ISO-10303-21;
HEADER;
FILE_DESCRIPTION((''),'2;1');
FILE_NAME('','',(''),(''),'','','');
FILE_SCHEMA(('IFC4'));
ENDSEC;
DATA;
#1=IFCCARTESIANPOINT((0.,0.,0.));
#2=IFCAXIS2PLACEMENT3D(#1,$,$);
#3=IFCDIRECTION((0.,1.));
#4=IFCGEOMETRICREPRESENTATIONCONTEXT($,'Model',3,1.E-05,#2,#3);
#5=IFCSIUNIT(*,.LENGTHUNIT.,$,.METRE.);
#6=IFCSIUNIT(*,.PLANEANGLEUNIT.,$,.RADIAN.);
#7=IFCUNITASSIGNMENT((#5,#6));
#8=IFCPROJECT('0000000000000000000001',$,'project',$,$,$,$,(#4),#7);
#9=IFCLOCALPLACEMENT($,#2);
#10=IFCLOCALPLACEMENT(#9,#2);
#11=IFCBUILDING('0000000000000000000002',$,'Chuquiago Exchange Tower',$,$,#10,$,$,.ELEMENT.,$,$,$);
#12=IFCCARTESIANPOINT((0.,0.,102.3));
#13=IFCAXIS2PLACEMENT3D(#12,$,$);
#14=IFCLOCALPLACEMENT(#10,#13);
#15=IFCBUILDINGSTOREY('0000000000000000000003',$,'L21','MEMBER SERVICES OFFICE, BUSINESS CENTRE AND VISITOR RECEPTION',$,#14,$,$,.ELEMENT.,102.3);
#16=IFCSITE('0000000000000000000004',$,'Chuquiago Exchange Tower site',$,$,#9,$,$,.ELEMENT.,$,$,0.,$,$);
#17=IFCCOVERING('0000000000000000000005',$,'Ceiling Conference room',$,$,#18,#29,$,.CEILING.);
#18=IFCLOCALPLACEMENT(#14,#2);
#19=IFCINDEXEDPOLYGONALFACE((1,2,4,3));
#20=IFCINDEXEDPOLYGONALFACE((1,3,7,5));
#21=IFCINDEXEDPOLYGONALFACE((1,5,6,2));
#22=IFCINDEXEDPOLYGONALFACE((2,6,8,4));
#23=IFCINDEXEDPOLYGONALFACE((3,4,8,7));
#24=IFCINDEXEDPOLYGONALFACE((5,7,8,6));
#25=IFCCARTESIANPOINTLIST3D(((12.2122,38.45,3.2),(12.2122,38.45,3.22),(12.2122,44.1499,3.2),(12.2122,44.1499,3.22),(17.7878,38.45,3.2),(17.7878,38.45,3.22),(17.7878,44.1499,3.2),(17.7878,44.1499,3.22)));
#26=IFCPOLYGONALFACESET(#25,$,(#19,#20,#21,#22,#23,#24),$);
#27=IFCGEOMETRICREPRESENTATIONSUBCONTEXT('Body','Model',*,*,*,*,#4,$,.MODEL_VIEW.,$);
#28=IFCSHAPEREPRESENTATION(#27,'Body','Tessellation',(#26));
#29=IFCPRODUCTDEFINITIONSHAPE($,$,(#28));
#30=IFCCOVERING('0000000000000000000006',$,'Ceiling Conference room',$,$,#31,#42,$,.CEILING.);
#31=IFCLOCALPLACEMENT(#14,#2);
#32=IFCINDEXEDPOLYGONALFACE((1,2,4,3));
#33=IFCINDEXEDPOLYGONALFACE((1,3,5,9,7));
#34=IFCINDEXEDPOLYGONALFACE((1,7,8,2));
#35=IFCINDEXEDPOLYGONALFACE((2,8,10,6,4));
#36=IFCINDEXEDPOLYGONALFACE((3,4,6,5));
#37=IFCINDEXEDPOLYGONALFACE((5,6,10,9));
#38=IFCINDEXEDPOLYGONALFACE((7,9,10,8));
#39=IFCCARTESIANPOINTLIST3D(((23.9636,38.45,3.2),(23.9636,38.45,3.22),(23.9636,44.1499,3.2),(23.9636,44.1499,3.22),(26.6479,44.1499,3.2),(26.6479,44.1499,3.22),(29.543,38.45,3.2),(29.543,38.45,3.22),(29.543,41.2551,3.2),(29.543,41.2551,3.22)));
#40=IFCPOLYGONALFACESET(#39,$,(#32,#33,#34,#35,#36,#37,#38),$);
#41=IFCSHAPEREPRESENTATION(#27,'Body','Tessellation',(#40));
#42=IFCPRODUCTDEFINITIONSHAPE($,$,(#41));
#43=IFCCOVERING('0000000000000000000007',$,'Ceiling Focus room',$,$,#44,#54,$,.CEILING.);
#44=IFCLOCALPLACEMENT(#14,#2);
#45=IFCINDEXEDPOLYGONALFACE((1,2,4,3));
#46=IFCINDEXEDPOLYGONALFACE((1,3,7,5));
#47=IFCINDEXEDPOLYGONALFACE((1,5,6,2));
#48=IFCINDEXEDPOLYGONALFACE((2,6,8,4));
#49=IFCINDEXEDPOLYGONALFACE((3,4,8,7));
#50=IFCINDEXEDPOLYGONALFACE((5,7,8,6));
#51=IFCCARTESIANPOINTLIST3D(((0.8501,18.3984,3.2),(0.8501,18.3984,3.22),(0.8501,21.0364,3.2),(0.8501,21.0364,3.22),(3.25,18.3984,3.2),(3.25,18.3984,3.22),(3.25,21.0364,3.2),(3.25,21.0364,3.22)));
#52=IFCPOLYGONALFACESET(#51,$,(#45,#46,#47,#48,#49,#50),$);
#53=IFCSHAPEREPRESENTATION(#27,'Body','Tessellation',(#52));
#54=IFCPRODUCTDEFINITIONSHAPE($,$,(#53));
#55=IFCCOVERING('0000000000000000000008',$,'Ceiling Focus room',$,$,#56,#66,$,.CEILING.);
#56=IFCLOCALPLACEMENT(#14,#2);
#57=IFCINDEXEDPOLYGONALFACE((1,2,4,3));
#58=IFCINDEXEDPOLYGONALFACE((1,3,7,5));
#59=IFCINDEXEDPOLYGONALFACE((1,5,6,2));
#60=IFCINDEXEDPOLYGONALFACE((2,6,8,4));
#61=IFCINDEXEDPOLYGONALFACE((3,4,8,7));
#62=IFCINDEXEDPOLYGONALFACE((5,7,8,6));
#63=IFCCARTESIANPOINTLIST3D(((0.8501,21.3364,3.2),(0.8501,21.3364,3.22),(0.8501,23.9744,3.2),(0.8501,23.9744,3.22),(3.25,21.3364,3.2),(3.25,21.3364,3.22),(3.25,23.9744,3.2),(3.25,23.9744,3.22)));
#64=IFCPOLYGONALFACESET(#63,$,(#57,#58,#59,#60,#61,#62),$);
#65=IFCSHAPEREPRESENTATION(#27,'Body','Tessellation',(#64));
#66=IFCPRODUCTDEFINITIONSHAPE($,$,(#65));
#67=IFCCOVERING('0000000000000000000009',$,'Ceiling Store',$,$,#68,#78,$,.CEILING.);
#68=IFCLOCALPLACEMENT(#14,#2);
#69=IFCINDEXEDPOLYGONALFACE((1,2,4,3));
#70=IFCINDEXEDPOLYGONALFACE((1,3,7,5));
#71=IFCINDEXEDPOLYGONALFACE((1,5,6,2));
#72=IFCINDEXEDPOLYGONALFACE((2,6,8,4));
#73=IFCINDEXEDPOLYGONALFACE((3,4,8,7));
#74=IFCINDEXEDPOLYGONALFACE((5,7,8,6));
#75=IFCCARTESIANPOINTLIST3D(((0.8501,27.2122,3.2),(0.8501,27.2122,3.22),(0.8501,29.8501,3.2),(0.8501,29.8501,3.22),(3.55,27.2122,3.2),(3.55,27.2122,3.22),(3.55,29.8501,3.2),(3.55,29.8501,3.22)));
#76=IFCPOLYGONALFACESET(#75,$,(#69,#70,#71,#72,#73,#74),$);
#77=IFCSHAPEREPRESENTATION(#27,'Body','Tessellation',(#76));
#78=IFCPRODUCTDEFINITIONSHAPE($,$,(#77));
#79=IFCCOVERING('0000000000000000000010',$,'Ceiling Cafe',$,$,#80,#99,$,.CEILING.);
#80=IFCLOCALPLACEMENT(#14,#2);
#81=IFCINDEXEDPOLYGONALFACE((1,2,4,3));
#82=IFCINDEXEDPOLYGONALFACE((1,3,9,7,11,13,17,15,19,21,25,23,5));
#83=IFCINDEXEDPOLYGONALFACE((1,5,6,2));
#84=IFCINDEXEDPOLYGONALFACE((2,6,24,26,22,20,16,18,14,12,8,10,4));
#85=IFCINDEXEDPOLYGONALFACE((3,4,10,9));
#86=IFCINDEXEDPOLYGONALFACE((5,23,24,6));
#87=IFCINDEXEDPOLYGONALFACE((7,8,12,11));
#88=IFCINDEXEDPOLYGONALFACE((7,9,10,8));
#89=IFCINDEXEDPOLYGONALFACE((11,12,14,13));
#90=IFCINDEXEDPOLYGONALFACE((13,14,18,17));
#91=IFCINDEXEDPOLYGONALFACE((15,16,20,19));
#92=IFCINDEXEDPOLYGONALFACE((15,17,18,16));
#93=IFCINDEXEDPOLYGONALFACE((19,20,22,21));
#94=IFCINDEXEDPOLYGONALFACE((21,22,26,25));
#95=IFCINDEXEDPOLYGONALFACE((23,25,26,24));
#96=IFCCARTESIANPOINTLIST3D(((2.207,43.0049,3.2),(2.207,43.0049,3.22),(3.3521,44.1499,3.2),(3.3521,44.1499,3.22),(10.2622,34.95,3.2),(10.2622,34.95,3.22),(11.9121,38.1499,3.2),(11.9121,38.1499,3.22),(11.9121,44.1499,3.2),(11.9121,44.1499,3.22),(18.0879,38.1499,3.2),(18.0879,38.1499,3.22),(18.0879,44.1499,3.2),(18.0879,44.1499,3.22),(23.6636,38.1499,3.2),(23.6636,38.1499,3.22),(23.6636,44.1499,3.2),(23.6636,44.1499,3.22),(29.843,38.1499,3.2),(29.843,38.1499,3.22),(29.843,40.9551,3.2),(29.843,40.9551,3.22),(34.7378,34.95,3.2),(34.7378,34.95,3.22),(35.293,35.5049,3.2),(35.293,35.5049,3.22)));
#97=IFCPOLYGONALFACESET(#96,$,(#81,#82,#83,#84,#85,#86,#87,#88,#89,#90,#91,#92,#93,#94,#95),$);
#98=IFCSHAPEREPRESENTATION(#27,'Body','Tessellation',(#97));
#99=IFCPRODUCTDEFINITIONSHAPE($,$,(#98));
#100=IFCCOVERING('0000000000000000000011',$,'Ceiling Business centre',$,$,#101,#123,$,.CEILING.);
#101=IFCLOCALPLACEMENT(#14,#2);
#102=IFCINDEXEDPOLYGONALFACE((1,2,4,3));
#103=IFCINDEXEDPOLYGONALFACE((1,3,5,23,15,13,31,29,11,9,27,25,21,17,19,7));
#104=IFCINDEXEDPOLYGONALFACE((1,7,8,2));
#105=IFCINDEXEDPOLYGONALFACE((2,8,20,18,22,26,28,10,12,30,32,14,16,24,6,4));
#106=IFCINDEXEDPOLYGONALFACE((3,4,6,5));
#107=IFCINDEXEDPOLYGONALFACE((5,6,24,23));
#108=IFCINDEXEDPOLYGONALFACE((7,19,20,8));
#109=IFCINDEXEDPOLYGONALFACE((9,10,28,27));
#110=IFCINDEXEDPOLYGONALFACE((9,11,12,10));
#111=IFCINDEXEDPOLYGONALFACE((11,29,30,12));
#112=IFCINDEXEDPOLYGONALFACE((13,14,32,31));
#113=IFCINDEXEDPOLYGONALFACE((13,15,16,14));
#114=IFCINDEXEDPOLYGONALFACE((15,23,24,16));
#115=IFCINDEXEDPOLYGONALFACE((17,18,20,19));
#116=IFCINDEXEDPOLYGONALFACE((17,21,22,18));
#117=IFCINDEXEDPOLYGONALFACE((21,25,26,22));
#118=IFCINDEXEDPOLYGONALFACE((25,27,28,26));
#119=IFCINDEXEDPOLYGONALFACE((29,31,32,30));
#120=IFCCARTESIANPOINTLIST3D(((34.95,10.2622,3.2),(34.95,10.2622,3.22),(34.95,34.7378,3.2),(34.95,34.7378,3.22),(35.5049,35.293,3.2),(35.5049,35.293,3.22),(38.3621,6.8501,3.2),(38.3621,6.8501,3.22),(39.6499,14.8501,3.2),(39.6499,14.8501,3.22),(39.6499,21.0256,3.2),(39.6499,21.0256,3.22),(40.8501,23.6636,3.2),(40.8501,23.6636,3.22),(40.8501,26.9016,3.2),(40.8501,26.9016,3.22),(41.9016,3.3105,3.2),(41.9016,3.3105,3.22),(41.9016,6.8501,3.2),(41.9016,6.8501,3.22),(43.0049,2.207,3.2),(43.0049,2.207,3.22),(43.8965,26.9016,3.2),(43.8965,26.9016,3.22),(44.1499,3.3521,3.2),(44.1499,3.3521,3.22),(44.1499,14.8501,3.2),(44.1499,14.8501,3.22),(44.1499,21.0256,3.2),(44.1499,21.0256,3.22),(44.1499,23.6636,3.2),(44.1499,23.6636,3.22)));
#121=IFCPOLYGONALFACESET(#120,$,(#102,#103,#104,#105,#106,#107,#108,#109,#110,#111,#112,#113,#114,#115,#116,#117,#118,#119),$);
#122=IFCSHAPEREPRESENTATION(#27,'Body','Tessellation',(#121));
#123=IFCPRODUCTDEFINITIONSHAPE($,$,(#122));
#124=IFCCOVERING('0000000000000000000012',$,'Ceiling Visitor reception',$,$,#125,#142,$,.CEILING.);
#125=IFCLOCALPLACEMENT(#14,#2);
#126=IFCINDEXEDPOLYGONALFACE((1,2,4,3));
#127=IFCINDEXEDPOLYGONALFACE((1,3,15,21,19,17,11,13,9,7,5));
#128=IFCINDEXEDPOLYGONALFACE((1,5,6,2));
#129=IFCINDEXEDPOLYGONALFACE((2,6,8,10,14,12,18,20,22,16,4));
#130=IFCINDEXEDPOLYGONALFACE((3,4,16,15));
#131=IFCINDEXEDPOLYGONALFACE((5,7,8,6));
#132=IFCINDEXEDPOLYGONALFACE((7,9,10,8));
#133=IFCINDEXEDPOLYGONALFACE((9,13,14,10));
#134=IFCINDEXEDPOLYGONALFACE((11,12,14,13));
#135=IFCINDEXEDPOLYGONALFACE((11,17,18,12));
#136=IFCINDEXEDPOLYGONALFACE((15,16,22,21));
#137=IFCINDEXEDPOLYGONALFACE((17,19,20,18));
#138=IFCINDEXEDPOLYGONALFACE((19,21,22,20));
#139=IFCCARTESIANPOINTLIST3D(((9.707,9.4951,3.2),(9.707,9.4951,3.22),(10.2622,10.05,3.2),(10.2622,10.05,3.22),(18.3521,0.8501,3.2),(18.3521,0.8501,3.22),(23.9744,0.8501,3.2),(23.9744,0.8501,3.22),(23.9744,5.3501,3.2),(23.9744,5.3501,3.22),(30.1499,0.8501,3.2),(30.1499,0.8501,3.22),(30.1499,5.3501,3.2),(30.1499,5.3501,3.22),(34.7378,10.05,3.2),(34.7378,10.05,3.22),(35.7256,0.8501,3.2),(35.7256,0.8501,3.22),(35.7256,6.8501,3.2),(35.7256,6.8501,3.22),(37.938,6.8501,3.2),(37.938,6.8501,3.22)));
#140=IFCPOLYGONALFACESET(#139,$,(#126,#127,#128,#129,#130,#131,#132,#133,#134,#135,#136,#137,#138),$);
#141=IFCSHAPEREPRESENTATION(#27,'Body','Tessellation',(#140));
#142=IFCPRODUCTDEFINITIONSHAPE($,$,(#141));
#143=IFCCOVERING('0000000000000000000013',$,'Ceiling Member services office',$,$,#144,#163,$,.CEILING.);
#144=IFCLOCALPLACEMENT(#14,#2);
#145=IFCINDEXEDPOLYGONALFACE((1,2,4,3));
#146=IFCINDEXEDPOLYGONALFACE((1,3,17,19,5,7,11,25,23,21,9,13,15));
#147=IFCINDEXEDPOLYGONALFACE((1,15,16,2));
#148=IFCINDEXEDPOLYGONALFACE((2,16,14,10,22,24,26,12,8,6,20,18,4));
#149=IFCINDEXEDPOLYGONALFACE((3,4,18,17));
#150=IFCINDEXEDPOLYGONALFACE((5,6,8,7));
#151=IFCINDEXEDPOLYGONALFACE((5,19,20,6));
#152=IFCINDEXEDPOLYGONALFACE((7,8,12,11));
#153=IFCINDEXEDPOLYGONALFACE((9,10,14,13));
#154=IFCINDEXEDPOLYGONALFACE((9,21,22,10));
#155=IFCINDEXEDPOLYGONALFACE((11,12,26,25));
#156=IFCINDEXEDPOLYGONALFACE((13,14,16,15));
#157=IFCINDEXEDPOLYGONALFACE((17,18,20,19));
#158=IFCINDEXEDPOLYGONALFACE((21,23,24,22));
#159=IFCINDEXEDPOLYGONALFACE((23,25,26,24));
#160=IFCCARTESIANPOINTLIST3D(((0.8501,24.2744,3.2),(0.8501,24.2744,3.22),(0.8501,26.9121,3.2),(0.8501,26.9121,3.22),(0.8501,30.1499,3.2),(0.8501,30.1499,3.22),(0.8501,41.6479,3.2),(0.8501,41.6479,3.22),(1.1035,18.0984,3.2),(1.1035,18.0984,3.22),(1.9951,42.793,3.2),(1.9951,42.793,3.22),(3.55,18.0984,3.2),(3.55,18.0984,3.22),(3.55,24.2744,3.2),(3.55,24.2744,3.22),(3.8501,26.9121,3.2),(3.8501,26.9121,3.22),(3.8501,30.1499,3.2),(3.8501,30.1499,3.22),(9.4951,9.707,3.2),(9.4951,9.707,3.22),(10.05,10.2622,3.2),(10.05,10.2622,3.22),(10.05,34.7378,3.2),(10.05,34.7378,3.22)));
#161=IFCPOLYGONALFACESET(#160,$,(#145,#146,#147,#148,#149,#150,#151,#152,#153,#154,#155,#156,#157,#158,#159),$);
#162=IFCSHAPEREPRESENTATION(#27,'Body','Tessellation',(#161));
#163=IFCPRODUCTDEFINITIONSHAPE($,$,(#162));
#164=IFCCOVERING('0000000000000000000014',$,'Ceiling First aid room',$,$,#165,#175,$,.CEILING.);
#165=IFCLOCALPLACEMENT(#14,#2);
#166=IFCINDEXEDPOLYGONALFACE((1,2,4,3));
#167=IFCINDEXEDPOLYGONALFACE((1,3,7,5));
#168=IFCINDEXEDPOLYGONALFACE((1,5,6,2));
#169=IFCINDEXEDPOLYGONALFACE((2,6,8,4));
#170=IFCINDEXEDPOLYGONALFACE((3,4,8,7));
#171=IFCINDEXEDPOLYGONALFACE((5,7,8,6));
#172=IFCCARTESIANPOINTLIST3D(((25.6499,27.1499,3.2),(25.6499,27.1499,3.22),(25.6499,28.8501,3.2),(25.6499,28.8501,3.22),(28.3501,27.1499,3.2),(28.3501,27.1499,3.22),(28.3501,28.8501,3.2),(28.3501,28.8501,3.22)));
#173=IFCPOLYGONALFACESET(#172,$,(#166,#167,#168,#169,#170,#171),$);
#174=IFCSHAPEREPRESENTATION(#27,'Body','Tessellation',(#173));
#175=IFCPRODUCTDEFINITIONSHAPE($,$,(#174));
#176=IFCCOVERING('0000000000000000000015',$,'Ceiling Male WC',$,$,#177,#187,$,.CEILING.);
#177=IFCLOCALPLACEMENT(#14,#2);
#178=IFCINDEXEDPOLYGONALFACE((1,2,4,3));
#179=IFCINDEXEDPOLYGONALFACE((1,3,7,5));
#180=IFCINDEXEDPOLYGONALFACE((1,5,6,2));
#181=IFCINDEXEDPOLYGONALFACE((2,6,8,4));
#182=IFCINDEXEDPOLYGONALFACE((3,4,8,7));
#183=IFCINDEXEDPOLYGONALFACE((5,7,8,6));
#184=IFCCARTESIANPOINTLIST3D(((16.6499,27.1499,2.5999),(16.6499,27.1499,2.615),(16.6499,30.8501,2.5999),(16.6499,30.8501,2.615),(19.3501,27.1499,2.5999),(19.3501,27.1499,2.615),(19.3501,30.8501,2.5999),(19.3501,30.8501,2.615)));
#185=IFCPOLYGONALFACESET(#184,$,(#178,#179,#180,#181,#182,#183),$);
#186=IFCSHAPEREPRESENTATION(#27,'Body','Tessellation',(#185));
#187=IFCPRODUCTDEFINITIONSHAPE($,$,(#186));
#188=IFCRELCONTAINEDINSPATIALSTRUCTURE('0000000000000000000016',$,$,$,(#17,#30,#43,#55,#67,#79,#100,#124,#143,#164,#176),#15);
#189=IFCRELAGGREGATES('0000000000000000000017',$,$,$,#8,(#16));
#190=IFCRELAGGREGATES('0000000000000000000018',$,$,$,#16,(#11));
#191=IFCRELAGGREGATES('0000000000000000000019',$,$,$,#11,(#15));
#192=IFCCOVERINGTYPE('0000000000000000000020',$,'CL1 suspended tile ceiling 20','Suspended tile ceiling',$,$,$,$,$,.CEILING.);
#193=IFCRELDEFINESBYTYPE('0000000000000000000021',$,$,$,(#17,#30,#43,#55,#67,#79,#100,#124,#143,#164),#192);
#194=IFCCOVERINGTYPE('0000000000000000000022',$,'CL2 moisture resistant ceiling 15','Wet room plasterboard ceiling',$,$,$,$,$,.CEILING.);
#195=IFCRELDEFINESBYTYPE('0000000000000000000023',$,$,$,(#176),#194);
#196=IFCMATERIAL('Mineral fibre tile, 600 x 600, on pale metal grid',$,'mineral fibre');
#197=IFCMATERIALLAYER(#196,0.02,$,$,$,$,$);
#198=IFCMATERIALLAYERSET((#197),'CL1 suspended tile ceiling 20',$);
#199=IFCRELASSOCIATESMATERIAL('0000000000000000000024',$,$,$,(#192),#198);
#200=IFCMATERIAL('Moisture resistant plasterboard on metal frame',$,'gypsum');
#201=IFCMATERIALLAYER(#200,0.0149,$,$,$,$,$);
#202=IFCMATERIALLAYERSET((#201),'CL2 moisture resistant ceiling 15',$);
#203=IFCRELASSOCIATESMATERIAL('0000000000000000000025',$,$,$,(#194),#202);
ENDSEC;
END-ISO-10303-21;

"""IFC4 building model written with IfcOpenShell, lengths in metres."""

from ifc_helpers import new_model, si_unit, direction, frame, origin, place, context, subcontext, project, spatial, polyline, outline, extrude, material, layer, layer_set, type_object, element, save


model = new_model("IFC4")

# Units and contexts
model_context = context("Model", 3, precision=1e-05, world=origin(), true_north=direction((0.0, 1.0)))
body_context = subcontext(model_context, "Body", "Model", "MODEL_VIEW")
ifc_project = project(units=[si_unit("LENGTHUNIT", "METRE"), si_unit("PLANEANGLEUNIT", "RADIAN")], contexts=[model_context])

# Site, building, storey
site_placement = place(None, origin())
site = spatial("IfcSite", under=ifc_project, at=site_placement, Name="Chuquiago Exchange Tower site", CompositionType="ELEMENT", RefElevation=0.0)
building_placement = place(site_placement, origin())
building = spatial("IfcBuilding", under=site, at=building_placement, Name="Chuquiago Exchange Tower", CompositionType="ELEMENT")
storey_placement = place(building_placement, frame((0.0, 0.0, 102.3)))
storey = spatial("IfcBuildingStorey", under=building, at=storey_placement, Name="L21", Description="MEMBER SERVICES OFFICE, BUSINESS CENTRE AND VISITOR RECEPTION", CompositionType="ELEMENT", Elevation=102.3)

# Coverings
ifc_material_1 = material(Name="Mineral fibre tile, 600 x 600, on pale metal grid", Category="mineral fibre")
ifc_layer_1 = layer(ifc_material_1, 0.02)
ifc_layer_set_1 = layer_set([ifc_layer_1], Name="CL1 suspended tile ceiling 20")
covering_type_1 = type_object("IfcCoveringType", Name="CL1 suspended tile ceiling 20", Description="Suspended tile ceiling", PredefinedType="CEILING", material=ifc_layer_set_1)
covering_1_placement = place(storey_placement, frame((0.0, 0.0, 3.2)))
element("IfcCovering", 1, at=covering_1_placement, inside=storey, type_object=covering_type_1, Name="Ceiling Conference room", PredefinedType="CEILING", context=body_context, shape_type="SweptSolid", body=[
    extrude(outline(polyline([(17.7878, 38.45), (12.2122, 38.45), (12.2122, 44.1499), (17.7878, 44.1499), (17.7878, 38.45)])), origin(), (0.0, 0.0, 1.0), 0.02),
])
covering_2_placement = place(storey_placement, frame((0.0, 0.0, 3.2)))
element("IfcCovering", 2, at=covering_2_placement, inside=storey, type_object=covering_type_1, Name="Ceiling Conference room", PredefinedType="CEILING", context=body_context, shape_type="SweptSolid", body=[
    extrude(outline(polyline([(29.543, 41.2551), (29.543, 38.45), (23.9636, 38.45), (23.9636, 44.1499), (26.6479, 44.1499), (29.543, 41.2551)])), origin(), (0.0, 0.0, 1.0), 0.02),
])
covering_3_placement = place(storey_placement, frame((0.0, 0.0, 3.2)))
element("IfcCovering", 3, at=covering_3_placement, inside=storey, type_object=covering_type_1, Name="Ceiling Focus room", PredefinedType="CEILING", context=body_context, shape_type="SweptSolid", body=[
    extrude(outline(polyline([(0.8501, 21.0364), (3.25, 21.0364), (3.25, 18.3984), (0.8501, 18.3984), (0.8501, 21.0364)])), origin(), (0.0, 0.0, 1.0), 0.02),
])
covering_4_placement = place(storey_placement, frame((0.0, 0.0, 3.2)))
element("IfcCovering", 4, at=covering_4_placement, inside=storey, type_object=covering_type_1, Name="Ceiling Focus room", PredefinedType="CEILING", context=body_context, shape_type="SweptSolid", body=[
    extrude(outline(polyline([(3.25, 23.9744), (3.25, 21.3364), (0.8501, 21.3364), (0.8501, 23.9744), (3.25, 23.9744)])), origin(), (0.0, 0.0, 1.0), 0.02),
])
covering_5_placement = place(storey_placement, frame((0.0, 0.0, 3.2)))
element("IfcCovering", 5, at=covering_5_placement, inside=storey, type_object=covering_type_1, Name="Ceiling Store", PredefinedType="CEILING", context=body_context, shape_type="SweptSolid", body=[
    extrude(outline(polyline([(3.55, 29.8501), (3.55, 27.2122), (0.8501, 27.2122), (0.8501, 29.8501), (3.55, 29.8501)])), origin(), (0.0, 0.0, 1.0), 0.02),
])
covering_6_placement = place(storey_placement, frame((0.0, 0.0, 3.2)))
element("IfcCovering", 6, at=covering_6_placement, inside=storey, type_object=covering_type_1, Name="Ceiling Cafe", PredefinedType="CEILING", context=body_context, shape_type="SweptSolid", body=[
    extrude(outline(polyline([(11.9121, 44.1499), (11.9121, 38.1499), (18.0879, 38.1499), (18.0879, 44.1499), (23.6636, 44.1499), (23.6636, 38.1499), (29.843, 38.1499), (29.843, 40.9551), (35.293, 35.5049), (34.7378, 34.95), (10.2622, 34.95), (2.207, 43.0049), (3.3521, 44.1499), (11.9121, 44.1499)])), origin(), (0.0, 0.0, 1.0), 0.02),
])
covering_7_placement = place(storey_placement, frame((0.0, 0.0, 3.2)))
element("IfcCovering", 7, at=covering_7_placement, inside=storey, type_object=covering_type_1, Name="Ceiling Business centre", PredefinedType="CEILING", context=body_context, shape_type="SweptSolid", body=[
    extrude(outline(polyline([(40.8501, 26.9016), (40.8501, 23.6636), (44.1499, 23.6636), (44.1499, 21.0256), (39.6499, 21.0256), (39.6499, 14.8501), (44.1499, 14.8501), (44.1499, 3.3521), (43.0049, 2.207), (41.9016, 3.3105), (41.9016, 6.8501), (38.3621, 6.8501), (34.95, 10.2622), (34.95, 34.7378), (35.5049, 35.293), (43.8965, 26.9016), (40.8501, 26.9016)])), origin(), (0.0, 0.0, 1.0), 0.02),
])
covering_8_placement = place(storey_placement, frame((0.0, 0.0, 3.2)))
element("IfcCovering", 8, at=covering_8_placement, inside=storey, type_object=covering_type_1, Name="Ceiling Visitor reception", PredefinedType="CEILING", context=body_context, shape_type="SweptSolid", body=[
    extrude(outline(polyline([(35.7256, 0.8501), (30.1499, 0.8501), (30.1499, 5.3501), (23.9744, 5.3501), (23.9744, 0.8501), (18.3521, 0.8501), (9.707, 9.4951), (10.2622, 10.05), (34.7378, 10.05), (37.938, 6.8501), (35.7256, 6.8501), (35.7256, 0.8501)])), origin(), (0.0, 0.0, 1.0), 0.02),
])
covering_9_placement = place(storey_placement, frame((0.0, 0.0, 3.2)))
element("IfcCovering", 9, at=covering_9_placement, inside=storey, type_object=covering_type_1, Name="Ceiling Member services office", PredefinedType="CEILING", context=body_context, shape_type="SweptSolid", body=[
    extrude(outline(polyline([(0.8501, 30.1499), (0.8501, 41.6479), (1.9951, 42.793), (10.05, 34.7378), (10.05, 10.2622), (9.4951, 9.707), (1.1035, 18.0984), (3.55, 18.0984), (3.55, 24.2744), (0.8501, 24.2744), (0.8501, 26.9121), (3.8501, 26.9121), (3.8501, 30.1499), (0.8501, 30.1499)])), origin(), (0.0, 0.0, 1.0), 0.02),
])
covering_10_placement = place(storey_placement, frame((0.0, 0.0, 3.2)))
element("IfcCovering", 10, at=covering_10_placement, inside=storey, type_object=covering_type_1, Name="Ceiling First aid room", PredefinedType="CEILING", context=body_context, shape_type="SweptSolid", body=[
    extrude(outline(polyline([(25.6499, 27.1499), (25.6499, 28.8501), (28.3501, 28.8501), (28.3501, 27.1499), (25.6499, 27.1499)])), origin(), (0.0, 0.0, 1.0), 0.02),
])
ifc_material_2 = material(Name="Moisture resistant plasterboard on metal frame", Category="gypsum")
ifc_layer_2 = layer(ifc_material_2, 0.0149)
ifc_layer_set_2 = layer_set([ifc_layer_2], Name="CL2 moisture resistant ceiling 15")
covering_type_2 = type_object("IfcCoveringType", Name="CL2 moisture resistant ceiling 15", Description="Wet room plasterboard ceiling", PredefinedType="CEILING", material=ifc_layer_set_2)
covering_11_placement = place(storey_placement, frame((0.0, 0.0, 2.5999)))
element("IfcCovering", 11, at=covering_11_placement, inside=storey, type_object=covering_type_2, Name="Ceiling Male WC", PredefinedType="CEILING", context=body_context, shape_type="SweptSolid", body=[
    extrude(outline(polyline([(16.6499, 27.1499), (16.6499, 30.8501), (19.3501, 30.8501), (19.3501, 27.1499), (16.6499, 27.1499)])), origin(), (0.0, 0.0, 1.0), 0.0151),
])

save(model, "model.ifc")
